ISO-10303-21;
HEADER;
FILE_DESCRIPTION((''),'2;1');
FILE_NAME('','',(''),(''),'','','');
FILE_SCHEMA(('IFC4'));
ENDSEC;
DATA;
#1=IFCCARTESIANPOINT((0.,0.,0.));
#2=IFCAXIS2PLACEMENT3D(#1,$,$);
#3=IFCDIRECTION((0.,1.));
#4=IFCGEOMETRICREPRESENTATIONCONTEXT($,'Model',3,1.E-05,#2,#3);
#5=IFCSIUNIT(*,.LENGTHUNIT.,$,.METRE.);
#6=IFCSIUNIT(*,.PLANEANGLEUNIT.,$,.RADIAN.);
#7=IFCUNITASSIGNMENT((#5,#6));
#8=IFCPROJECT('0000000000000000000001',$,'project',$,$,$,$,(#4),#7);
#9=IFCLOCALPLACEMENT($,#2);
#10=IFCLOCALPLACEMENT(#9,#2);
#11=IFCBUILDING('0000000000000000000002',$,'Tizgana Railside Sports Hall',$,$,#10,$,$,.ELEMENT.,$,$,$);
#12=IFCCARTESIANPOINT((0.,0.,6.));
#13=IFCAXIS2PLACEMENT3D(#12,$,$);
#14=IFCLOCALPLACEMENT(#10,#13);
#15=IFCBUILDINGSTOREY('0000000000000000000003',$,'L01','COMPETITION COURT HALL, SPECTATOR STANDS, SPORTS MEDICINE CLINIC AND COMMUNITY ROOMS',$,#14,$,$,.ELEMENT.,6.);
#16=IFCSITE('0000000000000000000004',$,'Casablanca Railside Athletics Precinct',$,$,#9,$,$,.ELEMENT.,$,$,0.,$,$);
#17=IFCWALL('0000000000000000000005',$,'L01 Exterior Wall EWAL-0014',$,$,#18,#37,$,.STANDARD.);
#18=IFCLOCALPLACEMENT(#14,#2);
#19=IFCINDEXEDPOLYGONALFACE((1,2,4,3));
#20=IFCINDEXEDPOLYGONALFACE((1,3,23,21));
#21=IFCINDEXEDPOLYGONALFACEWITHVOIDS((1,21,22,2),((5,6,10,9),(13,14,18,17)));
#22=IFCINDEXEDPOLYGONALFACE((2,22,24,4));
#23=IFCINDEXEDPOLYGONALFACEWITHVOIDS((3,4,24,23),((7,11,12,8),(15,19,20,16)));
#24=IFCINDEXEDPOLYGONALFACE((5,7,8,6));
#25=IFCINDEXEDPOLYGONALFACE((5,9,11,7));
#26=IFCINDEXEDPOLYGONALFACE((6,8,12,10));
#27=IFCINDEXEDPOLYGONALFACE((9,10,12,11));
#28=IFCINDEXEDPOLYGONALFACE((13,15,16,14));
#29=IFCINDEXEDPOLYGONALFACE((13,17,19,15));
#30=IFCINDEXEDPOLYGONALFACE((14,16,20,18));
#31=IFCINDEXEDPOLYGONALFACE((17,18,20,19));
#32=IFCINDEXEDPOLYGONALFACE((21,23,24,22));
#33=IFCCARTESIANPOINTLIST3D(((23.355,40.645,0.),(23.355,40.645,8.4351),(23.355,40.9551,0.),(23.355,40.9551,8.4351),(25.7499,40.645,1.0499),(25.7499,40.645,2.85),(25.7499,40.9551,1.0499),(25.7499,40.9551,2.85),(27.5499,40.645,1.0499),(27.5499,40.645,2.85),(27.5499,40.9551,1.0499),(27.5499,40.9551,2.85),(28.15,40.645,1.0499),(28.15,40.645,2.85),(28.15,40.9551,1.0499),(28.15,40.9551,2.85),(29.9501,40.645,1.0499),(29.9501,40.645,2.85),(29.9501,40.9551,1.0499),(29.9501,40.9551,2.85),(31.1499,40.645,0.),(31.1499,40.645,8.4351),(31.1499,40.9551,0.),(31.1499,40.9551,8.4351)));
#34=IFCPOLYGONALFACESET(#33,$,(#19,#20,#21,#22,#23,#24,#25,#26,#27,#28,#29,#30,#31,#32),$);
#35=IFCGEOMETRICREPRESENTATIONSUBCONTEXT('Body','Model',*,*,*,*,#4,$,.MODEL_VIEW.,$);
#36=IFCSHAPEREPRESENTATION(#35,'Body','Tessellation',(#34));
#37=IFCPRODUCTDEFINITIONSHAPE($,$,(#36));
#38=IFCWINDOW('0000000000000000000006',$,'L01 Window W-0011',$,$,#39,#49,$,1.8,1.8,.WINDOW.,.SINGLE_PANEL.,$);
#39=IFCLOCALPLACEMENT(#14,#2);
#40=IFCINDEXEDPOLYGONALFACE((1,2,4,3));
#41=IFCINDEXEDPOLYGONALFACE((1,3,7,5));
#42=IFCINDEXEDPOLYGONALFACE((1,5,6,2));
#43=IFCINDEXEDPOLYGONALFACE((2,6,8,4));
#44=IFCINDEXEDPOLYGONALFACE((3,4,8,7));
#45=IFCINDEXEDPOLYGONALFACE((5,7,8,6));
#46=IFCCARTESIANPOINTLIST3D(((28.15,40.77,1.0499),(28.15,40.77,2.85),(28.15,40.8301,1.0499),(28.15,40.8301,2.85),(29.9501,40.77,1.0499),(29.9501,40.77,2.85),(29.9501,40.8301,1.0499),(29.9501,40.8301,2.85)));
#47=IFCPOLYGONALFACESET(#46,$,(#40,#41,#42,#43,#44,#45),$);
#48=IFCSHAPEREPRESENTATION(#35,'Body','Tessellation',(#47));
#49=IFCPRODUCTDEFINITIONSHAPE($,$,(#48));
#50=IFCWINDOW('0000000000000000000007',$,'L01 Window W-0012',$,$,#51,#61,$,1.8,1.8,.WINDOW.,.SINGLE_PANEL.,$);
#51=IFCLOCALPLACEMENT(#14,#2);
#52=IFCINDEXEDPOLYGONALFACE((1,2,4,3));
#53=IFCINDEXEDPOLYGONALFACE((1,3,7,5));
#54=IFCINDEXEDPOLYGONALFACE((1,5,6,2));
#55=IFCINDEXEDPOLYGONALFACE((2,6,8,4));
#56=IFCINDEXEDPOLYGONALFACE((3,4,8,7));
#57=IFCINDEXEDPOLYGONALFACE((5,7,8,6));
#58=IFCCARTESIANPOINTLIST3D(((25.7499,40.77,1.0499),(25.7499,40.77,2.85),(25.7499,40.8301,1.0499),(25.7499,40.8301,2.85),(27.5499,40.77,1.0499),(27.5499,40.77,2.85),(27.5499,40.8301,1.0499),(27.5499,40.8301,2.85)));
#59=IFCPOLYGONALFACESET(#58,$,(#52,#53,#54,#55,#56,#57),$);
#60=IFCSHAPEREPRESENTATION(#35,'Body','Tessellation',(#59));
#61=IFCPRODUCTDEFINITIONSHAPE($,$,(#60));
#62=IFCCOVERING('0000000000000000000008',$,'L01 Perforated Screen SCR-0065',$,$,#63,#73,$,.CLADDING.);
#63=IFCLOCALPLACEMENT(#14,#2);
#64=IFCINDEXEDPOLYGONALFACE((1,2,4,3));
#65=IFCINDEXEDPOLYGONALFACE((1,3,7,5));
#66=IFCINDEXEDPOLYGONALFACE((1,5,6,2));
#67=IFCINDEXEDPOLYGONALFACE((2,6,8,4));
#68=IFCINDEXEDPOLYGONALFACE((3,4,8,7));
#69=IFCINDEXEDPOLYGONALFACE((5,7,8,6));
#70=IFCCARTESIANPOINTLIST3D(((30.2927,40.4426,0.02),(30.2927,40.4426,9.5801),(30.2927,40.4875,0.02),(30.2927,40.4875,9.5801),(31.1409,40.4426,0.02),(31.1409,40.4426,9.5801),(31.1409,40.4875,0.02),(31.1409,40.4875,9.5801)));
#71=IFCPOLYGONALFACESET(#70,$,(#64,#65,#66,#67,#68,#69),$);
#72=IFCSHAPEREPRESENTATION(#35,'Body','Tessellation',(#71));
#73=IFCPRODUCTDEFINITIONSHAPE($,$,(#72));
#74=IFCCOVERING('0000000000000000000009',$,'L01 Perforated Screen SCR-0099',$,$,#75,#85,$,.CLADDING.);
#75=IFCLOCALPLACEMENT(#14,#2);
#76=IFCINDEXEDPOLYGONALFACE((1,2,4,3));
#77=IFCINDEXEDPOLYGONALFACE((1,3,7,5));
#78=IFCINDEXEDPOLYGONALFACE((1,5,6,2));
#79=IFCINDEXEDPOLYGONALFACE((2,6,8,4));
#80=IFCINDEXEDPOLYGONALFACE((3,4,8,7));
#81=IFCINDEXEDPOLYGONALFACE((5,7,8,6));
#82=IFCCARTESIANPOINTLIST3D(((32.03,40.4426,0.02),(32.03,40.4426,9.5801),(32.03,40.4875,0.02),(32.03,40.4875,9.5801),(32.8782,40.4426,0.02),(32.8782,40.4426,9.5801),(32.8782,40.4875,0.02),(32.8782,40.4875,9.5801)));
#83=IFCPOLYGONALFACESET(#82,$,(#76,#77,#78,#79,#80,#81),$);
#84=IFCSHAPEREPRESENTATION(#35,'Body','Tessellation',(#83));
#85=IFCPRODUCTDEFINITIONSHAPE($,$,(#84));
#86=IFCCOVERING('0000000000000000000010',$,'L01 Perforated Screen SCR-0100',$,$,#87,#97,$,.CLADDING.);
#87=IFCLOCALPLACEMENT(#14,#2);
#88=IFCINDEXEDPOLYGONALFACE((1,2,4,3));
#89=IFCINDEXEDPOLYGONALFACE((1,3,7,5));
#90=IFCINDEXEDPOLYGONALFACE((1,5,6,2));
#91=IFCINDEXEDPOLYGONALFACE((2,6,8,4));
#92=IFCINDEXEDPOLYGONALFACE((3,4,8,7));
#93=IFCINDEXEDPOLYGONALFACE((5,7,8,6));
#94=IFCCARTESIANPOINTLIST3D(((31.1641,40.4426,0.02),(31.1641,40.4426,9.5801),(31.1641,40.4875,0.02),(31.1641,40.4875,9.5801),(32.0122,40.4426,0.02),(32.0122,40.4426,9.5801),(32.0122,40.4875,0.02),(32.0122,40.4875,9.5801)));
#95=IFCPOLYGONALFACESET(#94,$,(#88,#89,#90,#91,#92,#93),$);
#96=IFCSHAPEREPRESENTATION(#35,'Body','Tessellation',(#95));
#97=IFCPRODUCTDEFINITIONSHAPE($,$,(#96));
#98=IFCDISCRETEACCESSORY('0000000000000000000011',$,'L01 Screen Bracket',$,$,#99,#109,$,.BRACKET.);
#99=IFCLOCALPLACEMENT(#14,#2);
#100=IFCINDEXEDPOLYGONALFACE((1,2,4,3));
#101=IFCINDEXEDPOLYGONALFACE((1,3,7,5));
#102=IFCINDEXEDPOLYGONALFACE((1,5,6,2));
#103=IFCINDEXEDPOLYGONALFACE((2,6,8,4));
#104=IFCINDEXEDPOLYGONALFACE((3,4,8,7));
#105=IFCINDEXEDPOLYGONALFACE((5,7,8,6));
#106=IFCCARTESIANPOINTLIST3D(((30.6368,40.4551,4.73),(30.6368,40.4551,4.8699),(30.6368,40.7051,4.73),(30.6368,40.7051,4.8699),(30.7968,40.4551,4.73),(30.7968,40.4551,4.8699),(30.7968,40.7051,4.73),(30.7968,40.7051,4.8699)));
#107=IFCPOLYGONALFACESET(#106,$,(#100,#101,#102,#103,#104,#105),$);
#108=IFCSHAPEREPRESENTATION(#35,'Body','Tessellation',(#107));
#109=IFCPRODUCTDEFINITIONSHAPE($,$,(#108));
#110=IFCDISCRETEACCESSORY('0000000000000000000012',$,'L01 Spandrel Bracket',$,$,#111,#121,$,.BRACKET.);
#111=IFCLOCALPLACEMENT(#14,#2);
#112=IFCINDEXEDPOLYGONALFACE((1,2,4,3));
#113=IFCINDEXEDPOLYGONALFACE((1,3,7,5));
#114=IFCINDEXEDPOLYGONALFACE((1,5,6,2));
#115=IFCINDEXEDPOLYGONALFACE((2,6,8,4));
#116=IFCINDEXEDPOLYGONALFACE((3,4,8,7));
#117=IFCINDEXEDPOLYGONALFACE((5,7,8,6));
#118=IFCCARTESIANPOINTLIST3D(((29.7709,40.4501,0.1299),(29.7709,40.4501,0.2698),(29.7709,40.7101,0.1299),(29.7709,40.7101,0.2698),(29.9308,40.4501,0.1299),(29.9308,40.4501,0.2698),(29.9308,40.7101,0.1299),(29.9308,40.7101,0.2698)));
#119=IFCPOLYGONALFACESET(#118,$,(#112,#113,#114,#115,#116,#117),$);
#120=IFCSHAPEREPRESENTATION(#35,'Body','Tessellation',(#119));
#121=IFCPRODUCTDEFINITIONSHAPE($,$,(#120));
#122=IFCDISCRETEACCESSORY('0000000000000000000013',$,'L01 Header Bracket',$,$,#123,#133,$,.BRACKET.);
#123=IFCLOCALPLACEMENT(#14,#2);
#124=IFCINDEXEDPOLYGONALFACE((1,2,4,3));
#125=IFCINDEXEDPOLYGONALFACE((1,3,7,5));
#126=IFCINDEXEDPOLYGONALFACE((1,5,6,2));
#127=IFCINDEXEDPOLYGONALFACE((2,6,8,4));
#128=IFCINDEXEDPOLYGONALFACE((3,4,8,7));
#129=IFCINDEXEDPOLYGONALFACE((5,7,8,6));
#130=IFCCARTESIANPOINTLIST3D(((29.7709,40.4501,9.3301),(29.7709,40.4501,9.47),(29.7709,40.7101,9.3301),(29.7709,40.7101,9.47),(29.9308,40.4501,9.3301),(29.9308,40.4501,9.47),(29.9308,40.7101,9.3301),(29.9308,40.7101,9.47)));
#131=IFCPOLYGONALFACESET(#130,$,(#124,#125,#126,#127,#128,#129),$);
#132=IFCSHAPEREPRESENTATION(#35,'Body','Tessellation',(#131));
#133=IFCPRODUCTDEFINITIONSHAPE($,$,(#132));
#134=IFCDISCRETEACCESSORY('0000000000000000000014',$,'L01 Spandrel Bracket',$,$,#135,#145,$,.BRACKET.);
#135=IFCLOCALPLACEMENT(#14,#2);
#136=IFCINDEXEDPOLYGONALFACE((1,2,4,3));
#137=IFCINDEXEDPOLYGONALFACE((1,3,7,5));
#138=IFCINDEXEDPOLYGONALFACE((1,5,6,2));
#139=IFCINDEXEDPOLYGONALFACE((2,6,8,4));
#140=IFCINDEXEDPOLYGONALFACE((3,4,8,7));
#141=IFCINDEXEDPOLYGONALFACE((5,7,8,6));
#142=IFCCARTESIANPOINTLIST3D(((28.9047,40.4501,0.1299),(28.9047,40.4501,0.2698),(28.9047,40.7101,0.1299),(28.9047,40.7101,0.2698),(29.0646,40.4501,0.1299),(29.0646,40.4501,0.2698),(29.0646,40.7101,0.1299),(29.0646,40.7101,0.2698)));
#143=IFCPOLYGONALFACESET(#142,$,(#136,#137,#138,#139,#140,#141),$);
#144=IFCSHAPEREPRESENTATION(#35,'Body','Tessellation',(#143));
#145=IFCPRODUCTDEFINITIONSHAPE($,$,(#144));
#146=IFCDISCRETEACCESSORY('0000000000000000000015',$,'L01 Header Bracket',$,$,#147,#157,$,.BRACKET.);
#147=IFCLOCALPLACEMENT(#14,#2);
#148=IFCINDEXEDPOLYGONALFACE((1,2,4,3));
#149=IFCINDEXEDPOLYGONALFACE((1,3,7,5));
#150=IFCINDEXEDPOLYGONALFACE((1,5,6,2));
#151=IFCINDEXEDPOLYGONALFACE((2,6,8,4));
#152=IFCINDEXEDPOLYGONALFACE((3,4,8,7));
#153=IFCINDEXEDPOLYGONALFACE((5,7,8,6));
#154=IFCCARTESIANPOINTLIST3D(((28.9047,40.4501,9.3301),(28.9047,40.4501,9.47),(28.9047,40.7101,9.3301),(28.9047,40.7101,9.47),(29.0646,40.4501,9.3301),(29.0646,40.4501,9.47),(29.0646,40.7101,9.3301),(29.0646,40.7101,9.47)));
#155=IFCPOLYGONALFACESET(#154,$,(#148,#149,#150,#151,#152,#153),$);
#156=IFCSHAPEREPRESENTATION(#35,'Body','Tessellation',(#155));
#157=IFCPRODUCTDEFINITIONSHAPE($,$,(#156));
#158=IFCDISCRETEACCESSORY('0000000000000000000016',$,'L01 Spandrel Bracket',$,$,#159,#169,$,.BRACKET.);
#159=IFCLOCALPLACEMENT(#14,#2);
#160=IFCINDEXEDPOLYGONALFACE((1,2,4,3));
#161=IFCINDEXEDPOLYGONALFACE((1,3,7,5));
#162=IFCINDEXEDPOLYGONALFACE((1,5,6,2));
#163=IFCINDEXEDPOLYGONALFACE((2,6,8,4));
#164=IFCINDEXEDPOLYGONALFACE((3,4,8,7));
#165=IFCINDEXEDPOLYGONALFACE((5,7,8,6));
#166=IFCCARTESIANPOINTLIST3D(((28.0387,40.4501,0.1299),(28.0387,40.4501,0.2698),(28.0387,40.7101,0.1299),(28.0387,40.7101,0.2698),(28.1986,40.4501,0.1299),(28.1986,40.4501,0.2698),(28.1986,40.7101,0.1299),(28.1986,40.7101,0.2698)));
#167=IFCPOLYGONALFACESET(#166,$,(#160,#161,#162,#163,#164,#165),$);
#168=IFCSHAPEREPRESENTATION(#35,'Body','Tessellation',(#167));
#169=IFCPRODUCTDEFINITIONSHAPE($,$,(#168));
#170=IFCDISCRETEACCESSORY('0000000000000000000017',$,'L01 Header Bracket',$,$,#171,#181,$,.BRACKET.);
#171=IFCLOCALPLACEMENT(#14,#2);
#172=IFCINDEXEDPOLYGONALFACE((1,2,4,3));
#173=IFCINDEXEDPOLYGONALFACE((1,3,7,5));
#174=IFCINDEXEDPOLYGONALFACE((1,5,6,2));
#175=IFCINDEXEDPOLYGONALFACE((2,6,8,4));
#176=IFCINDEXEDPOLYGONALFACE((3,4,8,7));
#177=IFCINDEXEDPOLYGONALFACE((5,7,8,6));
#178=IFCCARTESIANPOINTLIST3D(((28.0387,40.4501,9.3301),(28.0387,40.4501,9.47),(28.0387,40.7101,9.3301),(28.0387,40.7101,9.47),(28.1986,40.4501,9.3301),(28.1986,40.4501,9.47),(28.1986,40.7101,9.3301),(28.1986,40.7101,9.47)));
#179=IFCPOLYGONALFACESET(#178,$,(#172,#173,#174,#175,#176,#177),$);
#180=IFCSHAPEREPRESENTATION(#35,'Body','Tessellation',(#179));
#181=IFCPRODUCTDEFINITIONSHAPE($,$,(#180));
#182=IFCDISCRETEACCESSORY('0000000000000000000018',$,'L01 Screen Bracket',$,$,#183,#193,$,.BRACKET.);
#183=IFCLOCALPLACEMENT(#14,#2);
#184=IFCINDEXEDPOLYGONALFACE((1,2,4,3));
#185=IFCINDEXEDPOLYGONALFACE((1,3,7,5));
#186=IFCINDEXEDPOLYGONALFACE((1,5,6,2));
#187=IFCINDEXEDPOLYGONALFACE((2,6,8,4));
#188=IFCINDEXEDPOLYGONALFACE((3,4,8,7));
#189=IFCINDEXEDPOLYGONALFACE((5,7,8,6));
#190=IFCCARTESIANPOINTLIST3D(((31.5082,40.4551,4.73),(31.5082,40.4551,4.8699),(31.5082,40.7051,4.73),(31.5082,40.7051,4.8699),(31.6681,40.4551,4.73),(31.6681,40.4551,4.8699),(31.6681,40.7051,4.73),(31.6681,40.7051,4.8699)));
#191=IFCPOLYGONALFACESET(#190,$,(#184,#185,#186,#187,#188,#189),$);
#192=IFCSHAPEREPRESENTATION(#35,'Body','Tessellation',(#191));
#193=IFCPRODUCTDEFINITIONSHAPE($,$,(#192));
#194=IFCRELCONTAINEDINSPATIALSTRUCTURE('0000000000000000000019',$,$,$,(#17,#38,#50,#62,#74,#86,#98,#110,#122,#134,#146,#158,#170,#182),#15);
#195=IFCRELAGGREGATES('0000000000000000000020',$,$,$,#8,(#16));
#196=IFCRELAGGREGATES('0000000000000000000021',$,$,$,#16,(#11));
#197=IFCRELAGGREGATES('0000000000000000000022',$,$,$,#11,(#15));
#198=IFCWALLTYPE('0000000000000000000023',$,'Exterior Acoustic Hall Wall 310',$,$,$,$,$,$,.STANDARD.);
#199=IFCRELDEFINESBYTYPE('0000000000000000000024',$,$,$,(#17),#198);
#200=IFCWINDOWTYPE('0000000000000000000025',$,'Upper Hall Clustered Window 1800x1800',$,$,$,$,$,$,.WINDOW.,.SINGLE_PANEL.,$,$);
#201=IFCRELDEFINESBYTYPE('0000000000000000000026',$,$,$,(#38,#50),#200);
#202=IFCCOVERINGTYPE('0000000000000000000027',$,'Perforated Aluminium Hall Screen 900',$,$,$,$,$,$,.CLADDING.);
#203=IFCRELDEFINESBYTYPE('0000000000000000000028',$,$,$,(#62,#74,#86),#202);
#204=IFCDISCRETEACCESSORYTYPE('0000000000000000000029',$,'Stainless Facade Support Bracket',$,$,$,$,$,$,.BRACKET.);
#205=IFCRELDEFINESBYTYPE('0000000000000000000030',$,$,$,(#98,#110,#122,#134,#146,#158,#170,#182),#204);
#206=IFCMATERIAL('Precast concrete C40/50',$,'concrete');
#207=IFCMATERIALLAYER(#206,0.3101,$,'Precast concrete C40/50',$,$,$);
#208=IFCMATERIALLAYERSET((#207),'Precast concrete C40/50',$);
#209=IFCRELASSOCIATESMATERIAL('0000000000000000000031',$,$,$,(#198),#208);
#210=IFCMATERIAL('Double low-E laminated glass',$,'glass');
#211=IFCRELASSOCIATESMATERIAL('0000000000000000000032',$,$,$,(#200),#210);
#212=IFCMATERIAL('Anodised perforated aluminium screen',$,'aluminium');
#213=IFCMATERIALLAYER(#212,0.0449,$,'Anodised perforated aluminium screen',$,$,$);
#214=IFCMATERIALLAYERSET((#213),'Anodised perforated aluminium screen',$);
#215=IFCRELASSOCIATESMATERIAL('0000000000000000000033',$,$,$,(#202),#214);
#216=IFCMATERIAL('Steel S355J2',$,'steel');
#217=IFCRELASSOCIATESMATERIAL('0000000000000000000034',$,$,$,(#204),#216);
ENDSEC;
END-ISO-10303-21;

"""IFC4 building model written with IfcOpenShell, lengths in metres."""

from ifc_helpers import new_model, si_unit, direction, frame, frame_2d, origin, origin_2d, place, context, subcontext, project, spatial, rectangle, extrude, material, layer, layer_set, type_object, element, fill, save


model = new_model("IFC4")

# Units and contexts
model_context = context("Model", 3, precision=1e-05, world=origin(), true_north=direction((0.0, 1.0)))
body_context = subcontext(model_context, "Body", "Model", "MODEL_VIEW")
ifc_project = project(units=[si_unit("LENGTHUNIT", "METRE"), si_unit("PLANEANGLEUNIT", "RADIAN")], contexts=[model_context])

# Site, building, storey
site_placement = place(None, origin())
site = spatial("IfcSite", under=ifc_project, at=site_placement, Name="Casablanca Railside Athletics Precinct", CompositionType="ELEMENT", RefElevation=0.0)
building_placement = place(site_placement, origin())
building = spatial("IfcBuilding", under=site, at=building_placement, Name="Tizgana Railside Sports Hall", CompositionType="ELEMENT")
storey_placement = place(building_placement, frame((0.0, 0.0, 6.0)))
storey = spatial("IfcBuildingStorey", under=building, at=storey_placement, Name="L01", Description="COMPETITION COURT HALL, SPECTATOR STANDS, SPORTS MEDICINE CLINIC AND COMMUNITY ROOMS", CompositionType="ELEMENT", Elevation=6.0)

# Shared definitions
ifc_material_1 = material(Name="Steel S355J2", Category="steel")

# Wall, openings, windows
ifc_material_2 = material(Name="Precast concrete C40/50", Category="concrete")
ifc_layer_1 = layer(ifc_material_2, 0.3101, Name="Precast concrete C40/50")
ifc_layer_set_1 = layer_set([ifc_layer_1], Name="Precast concrete C40/50")
wall_type = type_object("IfcWallType", Name="Exterior Acoustic Hall Wall 310", PredefinedType="STANDARD", material=ifc_layer_set_1)
wall_placement = place(storey_placement, frame((31.1499, 40.8, 0.0), z_axis=(0.0, 0.0, 1.0), x_axis=(-1.0, 0.0, 0.0)))
wall = element("IfcWall", 1, at=wall_placement, inside=storey, type_object=wall_type, Name="L01 Exterior Wall EWAL-0014", PredefinedType="STANDARD", context=body_context, shape_type="SweptSolid", body=[
    extrude(rectangle(XDim=7.7949, YDim=0.3101, at=frame_2d((3.8975, 0.0))), origin(), (0.0, 0.0, 1.0), 8.4351),
])
opening_1_placement = place(wall_placement, frame((1.2, 0.0, 1.05)))
opening_1 = element("IfcOpeningElement", 2, at=opening_1_placement, cuts=wall, PredefinedType="OPENING", context=body_context, shape_type="SweptSolid", body=[
    extrude(rectangle(XDim=1.8, YDim=1.8, at=frame_2d((0.8999, 0.8999))), frame((0.0, 0.165, 0.0), z_axis=(0.0, -1.0, 0.0), x_axis=(1.0, 0.0, 0.0)), (0.0, 0.0, 1.0), 0.3301),
])
opening_2_placement = place(wall_placement, frame((3.6001, 0.0, 1.05)))
opening_2 = element("IfcOpeningElement", 3, at=opening_2_placement, cuts=wall, PredefinedType="OPENING", context=body_context, shape_type="SweptSolid", body=[
    extrude(rectangle(XDim=1.8, YDim=1.8, at=frame_2d((0.8999, 0.8999))), frame((0.0, 0.165, 0.0), z_axis=(0.0, -1.0, 0.0), x_axis=(1.0, 0.0, 0.0)), (0.0, 0.0, 1.0), 0.3301),
])
ifc_material_3 = material(Name="Double low-E laminated glass", Category="glass")
window_type = type_object("IfcWindowType", Name="Upper Hall Clustered Window 1800x1800", PartitioningType="SINGLE_PANEL", PredefinedType="WINDOW", material=ifc_material_3)
window_1_placement = place(opening_1_placement, origin())
window_1 = element("IfcWindow", 4, at=window_1_placement, inside=storey, type_object=window_type, Name="L01 Window W-0011", OverallHeight=1.8, OverallWidth=1.8, PartitioningType="SINGLE_PANEL", PredefinedType="WINDOW", context=body_context, shape_type="SweptSolid", body=[
    extrude(rectangle(XDim=1.8, YDim=1.8, at=frame_2d((0.8999, 0.8999))), frame((0.0, 0.03, 0.0), z_axis=(0.0, -1.0, 0.0), x_axis=(1.0, 0.0, 0.0)), (0.0, 0.0, 1.0), 0.0601),
])
fill(opening_1, window_1)
window_2_placement = place(opening_2_placement, origin())
window_2 = element("IfcWindow", 5, at=window_2_placement, inside=storey, type_object=window_type, Name="L01 Window W-0012", OverallHeight=1.8, OverallWidth=1.8, PartitioningType="SINGLE_PANEL", PredefinedType="WINDOW", context=body_context, shape_type="SweptSolid", body=[
    extrude(rectangle(XDim=1.8, YDim=1.8, at=frame_2d((0.8999, 0.8999))), frame((0.0, 0.03, 0.0), z_axis=(0.0, -1.0, 0.0), x_axis=(1.0, 0.0, 0.0)), (0.0, 0.0, 1.0), 0.0601),
])
fill(opening_2, window_2)

# Coverings
ifc_material_4 = material(Name="Anodised perforated aluminium screen", Category="aluminium")
ifc_layer_2 = layer(ifc_material_4, 0.0449, Name="Anodised perforated aluminium screen")
ifc_layer_set_2 = layer_set([ifc_layer_2], Name="Anodised perforated aluminium screen")
covering_type = type_object("IfcCoveringType", Name="Perforated Aluminium Hall Screen 900", PredefinedType="CLADDING", material=ifc_layer_set_2)
for number, where, z_axis, x_axis, name in (
    (6, (30.7168, 40.4651, 0.02), (0.0, 0.0, 1.0), (-1.0, 0.0, 0.0), "L01 Perforated Screen SCR-0065"),
    (7, (32.4541, 40.4651, 0.02), (0.0, 0.0, 1.0), (-1.0, 0.0, 0.0), "L01 Perforated Screen SCR-0099"),
    (8, (31.5881, 40.4651, 0.02), (0.0, 0.0, 1.0), (-1.0, 0.0, 0.0), "L01 Perforated Screen SCR-0100"),
):
    element("IfcCovering", number, at=place(storey_placement, frame(where, z_axis=z_axis, x_axis=x_axis)), inside=storey, type_object=covering_type, Name=name, PredefinedType="CLADDING", context=body_context, shape_type="SweptSolid", body=[
        extrude(rectangle(XDim=0.8481, YDim=0.0449, at=origin_2d()), origin(), (0.0, 0.0, 1.0), 9.5601),
    ])

# Discrete accessories
discrete_accessory_type = type_object("IfcDiscreteAccessoryType", Name="Stainless Facade Support Bracket", PredefinedType="BRACKET", material=ifc_material_1)
discrete_accessory_1_placement = place(storey_placement, frame((30.7168, 40.5801, 4.73), z_axis=(0.0, 0.0, 1.0), x_axis=(-1.0, 0.0, 0.0)))
element("IfcDiscreteAccessory", 9, at=discrete_accessory_1_placement, inside=storey, type_object=discrete_accessory_type, Name="L01 Screen Bracket", PredefinedType="BRACKET", context=body_context, shape_type="SweptSolid", body=[
    extrude(rectangle(XDim=0.1599, YDim=0.25, at=origin_2d()), origin(), (0.0, 0.0, 1.0), 0.1399),
])
for number, where, z_axis, x_axis, name in (
    (10, (29.8508, 40.5801, 0.1299), (0.0, 0.0, 1.0), (-1.0, 0.0, 0.0), "L01 Spandrel Bracket"),
    (11, (29.8508, 40.5801, 9.3301), (0.0, 0.0, 1.0), (-1.0, 0.0, 0.0), "L01 Header Bracket"),
    (12, (28.9846, 40.5801, 0.1299), (0.0, 0.0, 1.0), (-1.0, 0.0, 0.0), "L01 Spandrel Bracket"),
    (13, (28.9846, 40.5801, 9.3301), (0.0, 0.0, 1.0), (-1.0, 0.0, 0.0), "L01 Header Bracket"),
    (14, (28.1187, 40.5801, 0.1299), (0.0, 0.0, 1.0), (-1.0, 0.0, 0.0), "L01 Spandrel Bracket"),
    (15, (28.1187, 40.5801, 9.3301), (0.0, 0.0, 1.0), (-1.0, 0.0, 0.0), "L01 Header Bracket"),
):
    element("IfcDiscreteAccessory", number, at=place(storey_placement, frame(where, z_axis=z_axis, x_axis=x_axis)), inside=storey, type_object=discrete_accessory_type, Name=name, PredefinedType="BRACKET", context=body_context, shape_type="SweptSolid", body=[
        extrude(rectangle(XDim=0.1599, YDim=0.26, at=origin_2d()), origin(), (0.0, 0.0, 1.0), 0.1399),
    ])
discrete_accessory_2_placement = place(storey_placement, frame((31.5881, 40.5801, 4.73), z_axis=(0.0, 0.0, 1.0), x_axis=(-1.0, 0.0, 0.0)))
element("IfcDiscreteAccessory", 16, at=discrete_accessory_2_placement, inside=storey, type_object=discrete_accessory_type, Name="L01 Screen Bracket", PredefinedType="BRACKET", context=body_context, shape_type="SweptSolid", body=[
    extrude(rectangle(XDim=0.1599, YDim=0.25, at=origin_2d()), origin(), (0.0, 0.0, 1.0), 0.1399),
])

save(model, "model.ifc")
